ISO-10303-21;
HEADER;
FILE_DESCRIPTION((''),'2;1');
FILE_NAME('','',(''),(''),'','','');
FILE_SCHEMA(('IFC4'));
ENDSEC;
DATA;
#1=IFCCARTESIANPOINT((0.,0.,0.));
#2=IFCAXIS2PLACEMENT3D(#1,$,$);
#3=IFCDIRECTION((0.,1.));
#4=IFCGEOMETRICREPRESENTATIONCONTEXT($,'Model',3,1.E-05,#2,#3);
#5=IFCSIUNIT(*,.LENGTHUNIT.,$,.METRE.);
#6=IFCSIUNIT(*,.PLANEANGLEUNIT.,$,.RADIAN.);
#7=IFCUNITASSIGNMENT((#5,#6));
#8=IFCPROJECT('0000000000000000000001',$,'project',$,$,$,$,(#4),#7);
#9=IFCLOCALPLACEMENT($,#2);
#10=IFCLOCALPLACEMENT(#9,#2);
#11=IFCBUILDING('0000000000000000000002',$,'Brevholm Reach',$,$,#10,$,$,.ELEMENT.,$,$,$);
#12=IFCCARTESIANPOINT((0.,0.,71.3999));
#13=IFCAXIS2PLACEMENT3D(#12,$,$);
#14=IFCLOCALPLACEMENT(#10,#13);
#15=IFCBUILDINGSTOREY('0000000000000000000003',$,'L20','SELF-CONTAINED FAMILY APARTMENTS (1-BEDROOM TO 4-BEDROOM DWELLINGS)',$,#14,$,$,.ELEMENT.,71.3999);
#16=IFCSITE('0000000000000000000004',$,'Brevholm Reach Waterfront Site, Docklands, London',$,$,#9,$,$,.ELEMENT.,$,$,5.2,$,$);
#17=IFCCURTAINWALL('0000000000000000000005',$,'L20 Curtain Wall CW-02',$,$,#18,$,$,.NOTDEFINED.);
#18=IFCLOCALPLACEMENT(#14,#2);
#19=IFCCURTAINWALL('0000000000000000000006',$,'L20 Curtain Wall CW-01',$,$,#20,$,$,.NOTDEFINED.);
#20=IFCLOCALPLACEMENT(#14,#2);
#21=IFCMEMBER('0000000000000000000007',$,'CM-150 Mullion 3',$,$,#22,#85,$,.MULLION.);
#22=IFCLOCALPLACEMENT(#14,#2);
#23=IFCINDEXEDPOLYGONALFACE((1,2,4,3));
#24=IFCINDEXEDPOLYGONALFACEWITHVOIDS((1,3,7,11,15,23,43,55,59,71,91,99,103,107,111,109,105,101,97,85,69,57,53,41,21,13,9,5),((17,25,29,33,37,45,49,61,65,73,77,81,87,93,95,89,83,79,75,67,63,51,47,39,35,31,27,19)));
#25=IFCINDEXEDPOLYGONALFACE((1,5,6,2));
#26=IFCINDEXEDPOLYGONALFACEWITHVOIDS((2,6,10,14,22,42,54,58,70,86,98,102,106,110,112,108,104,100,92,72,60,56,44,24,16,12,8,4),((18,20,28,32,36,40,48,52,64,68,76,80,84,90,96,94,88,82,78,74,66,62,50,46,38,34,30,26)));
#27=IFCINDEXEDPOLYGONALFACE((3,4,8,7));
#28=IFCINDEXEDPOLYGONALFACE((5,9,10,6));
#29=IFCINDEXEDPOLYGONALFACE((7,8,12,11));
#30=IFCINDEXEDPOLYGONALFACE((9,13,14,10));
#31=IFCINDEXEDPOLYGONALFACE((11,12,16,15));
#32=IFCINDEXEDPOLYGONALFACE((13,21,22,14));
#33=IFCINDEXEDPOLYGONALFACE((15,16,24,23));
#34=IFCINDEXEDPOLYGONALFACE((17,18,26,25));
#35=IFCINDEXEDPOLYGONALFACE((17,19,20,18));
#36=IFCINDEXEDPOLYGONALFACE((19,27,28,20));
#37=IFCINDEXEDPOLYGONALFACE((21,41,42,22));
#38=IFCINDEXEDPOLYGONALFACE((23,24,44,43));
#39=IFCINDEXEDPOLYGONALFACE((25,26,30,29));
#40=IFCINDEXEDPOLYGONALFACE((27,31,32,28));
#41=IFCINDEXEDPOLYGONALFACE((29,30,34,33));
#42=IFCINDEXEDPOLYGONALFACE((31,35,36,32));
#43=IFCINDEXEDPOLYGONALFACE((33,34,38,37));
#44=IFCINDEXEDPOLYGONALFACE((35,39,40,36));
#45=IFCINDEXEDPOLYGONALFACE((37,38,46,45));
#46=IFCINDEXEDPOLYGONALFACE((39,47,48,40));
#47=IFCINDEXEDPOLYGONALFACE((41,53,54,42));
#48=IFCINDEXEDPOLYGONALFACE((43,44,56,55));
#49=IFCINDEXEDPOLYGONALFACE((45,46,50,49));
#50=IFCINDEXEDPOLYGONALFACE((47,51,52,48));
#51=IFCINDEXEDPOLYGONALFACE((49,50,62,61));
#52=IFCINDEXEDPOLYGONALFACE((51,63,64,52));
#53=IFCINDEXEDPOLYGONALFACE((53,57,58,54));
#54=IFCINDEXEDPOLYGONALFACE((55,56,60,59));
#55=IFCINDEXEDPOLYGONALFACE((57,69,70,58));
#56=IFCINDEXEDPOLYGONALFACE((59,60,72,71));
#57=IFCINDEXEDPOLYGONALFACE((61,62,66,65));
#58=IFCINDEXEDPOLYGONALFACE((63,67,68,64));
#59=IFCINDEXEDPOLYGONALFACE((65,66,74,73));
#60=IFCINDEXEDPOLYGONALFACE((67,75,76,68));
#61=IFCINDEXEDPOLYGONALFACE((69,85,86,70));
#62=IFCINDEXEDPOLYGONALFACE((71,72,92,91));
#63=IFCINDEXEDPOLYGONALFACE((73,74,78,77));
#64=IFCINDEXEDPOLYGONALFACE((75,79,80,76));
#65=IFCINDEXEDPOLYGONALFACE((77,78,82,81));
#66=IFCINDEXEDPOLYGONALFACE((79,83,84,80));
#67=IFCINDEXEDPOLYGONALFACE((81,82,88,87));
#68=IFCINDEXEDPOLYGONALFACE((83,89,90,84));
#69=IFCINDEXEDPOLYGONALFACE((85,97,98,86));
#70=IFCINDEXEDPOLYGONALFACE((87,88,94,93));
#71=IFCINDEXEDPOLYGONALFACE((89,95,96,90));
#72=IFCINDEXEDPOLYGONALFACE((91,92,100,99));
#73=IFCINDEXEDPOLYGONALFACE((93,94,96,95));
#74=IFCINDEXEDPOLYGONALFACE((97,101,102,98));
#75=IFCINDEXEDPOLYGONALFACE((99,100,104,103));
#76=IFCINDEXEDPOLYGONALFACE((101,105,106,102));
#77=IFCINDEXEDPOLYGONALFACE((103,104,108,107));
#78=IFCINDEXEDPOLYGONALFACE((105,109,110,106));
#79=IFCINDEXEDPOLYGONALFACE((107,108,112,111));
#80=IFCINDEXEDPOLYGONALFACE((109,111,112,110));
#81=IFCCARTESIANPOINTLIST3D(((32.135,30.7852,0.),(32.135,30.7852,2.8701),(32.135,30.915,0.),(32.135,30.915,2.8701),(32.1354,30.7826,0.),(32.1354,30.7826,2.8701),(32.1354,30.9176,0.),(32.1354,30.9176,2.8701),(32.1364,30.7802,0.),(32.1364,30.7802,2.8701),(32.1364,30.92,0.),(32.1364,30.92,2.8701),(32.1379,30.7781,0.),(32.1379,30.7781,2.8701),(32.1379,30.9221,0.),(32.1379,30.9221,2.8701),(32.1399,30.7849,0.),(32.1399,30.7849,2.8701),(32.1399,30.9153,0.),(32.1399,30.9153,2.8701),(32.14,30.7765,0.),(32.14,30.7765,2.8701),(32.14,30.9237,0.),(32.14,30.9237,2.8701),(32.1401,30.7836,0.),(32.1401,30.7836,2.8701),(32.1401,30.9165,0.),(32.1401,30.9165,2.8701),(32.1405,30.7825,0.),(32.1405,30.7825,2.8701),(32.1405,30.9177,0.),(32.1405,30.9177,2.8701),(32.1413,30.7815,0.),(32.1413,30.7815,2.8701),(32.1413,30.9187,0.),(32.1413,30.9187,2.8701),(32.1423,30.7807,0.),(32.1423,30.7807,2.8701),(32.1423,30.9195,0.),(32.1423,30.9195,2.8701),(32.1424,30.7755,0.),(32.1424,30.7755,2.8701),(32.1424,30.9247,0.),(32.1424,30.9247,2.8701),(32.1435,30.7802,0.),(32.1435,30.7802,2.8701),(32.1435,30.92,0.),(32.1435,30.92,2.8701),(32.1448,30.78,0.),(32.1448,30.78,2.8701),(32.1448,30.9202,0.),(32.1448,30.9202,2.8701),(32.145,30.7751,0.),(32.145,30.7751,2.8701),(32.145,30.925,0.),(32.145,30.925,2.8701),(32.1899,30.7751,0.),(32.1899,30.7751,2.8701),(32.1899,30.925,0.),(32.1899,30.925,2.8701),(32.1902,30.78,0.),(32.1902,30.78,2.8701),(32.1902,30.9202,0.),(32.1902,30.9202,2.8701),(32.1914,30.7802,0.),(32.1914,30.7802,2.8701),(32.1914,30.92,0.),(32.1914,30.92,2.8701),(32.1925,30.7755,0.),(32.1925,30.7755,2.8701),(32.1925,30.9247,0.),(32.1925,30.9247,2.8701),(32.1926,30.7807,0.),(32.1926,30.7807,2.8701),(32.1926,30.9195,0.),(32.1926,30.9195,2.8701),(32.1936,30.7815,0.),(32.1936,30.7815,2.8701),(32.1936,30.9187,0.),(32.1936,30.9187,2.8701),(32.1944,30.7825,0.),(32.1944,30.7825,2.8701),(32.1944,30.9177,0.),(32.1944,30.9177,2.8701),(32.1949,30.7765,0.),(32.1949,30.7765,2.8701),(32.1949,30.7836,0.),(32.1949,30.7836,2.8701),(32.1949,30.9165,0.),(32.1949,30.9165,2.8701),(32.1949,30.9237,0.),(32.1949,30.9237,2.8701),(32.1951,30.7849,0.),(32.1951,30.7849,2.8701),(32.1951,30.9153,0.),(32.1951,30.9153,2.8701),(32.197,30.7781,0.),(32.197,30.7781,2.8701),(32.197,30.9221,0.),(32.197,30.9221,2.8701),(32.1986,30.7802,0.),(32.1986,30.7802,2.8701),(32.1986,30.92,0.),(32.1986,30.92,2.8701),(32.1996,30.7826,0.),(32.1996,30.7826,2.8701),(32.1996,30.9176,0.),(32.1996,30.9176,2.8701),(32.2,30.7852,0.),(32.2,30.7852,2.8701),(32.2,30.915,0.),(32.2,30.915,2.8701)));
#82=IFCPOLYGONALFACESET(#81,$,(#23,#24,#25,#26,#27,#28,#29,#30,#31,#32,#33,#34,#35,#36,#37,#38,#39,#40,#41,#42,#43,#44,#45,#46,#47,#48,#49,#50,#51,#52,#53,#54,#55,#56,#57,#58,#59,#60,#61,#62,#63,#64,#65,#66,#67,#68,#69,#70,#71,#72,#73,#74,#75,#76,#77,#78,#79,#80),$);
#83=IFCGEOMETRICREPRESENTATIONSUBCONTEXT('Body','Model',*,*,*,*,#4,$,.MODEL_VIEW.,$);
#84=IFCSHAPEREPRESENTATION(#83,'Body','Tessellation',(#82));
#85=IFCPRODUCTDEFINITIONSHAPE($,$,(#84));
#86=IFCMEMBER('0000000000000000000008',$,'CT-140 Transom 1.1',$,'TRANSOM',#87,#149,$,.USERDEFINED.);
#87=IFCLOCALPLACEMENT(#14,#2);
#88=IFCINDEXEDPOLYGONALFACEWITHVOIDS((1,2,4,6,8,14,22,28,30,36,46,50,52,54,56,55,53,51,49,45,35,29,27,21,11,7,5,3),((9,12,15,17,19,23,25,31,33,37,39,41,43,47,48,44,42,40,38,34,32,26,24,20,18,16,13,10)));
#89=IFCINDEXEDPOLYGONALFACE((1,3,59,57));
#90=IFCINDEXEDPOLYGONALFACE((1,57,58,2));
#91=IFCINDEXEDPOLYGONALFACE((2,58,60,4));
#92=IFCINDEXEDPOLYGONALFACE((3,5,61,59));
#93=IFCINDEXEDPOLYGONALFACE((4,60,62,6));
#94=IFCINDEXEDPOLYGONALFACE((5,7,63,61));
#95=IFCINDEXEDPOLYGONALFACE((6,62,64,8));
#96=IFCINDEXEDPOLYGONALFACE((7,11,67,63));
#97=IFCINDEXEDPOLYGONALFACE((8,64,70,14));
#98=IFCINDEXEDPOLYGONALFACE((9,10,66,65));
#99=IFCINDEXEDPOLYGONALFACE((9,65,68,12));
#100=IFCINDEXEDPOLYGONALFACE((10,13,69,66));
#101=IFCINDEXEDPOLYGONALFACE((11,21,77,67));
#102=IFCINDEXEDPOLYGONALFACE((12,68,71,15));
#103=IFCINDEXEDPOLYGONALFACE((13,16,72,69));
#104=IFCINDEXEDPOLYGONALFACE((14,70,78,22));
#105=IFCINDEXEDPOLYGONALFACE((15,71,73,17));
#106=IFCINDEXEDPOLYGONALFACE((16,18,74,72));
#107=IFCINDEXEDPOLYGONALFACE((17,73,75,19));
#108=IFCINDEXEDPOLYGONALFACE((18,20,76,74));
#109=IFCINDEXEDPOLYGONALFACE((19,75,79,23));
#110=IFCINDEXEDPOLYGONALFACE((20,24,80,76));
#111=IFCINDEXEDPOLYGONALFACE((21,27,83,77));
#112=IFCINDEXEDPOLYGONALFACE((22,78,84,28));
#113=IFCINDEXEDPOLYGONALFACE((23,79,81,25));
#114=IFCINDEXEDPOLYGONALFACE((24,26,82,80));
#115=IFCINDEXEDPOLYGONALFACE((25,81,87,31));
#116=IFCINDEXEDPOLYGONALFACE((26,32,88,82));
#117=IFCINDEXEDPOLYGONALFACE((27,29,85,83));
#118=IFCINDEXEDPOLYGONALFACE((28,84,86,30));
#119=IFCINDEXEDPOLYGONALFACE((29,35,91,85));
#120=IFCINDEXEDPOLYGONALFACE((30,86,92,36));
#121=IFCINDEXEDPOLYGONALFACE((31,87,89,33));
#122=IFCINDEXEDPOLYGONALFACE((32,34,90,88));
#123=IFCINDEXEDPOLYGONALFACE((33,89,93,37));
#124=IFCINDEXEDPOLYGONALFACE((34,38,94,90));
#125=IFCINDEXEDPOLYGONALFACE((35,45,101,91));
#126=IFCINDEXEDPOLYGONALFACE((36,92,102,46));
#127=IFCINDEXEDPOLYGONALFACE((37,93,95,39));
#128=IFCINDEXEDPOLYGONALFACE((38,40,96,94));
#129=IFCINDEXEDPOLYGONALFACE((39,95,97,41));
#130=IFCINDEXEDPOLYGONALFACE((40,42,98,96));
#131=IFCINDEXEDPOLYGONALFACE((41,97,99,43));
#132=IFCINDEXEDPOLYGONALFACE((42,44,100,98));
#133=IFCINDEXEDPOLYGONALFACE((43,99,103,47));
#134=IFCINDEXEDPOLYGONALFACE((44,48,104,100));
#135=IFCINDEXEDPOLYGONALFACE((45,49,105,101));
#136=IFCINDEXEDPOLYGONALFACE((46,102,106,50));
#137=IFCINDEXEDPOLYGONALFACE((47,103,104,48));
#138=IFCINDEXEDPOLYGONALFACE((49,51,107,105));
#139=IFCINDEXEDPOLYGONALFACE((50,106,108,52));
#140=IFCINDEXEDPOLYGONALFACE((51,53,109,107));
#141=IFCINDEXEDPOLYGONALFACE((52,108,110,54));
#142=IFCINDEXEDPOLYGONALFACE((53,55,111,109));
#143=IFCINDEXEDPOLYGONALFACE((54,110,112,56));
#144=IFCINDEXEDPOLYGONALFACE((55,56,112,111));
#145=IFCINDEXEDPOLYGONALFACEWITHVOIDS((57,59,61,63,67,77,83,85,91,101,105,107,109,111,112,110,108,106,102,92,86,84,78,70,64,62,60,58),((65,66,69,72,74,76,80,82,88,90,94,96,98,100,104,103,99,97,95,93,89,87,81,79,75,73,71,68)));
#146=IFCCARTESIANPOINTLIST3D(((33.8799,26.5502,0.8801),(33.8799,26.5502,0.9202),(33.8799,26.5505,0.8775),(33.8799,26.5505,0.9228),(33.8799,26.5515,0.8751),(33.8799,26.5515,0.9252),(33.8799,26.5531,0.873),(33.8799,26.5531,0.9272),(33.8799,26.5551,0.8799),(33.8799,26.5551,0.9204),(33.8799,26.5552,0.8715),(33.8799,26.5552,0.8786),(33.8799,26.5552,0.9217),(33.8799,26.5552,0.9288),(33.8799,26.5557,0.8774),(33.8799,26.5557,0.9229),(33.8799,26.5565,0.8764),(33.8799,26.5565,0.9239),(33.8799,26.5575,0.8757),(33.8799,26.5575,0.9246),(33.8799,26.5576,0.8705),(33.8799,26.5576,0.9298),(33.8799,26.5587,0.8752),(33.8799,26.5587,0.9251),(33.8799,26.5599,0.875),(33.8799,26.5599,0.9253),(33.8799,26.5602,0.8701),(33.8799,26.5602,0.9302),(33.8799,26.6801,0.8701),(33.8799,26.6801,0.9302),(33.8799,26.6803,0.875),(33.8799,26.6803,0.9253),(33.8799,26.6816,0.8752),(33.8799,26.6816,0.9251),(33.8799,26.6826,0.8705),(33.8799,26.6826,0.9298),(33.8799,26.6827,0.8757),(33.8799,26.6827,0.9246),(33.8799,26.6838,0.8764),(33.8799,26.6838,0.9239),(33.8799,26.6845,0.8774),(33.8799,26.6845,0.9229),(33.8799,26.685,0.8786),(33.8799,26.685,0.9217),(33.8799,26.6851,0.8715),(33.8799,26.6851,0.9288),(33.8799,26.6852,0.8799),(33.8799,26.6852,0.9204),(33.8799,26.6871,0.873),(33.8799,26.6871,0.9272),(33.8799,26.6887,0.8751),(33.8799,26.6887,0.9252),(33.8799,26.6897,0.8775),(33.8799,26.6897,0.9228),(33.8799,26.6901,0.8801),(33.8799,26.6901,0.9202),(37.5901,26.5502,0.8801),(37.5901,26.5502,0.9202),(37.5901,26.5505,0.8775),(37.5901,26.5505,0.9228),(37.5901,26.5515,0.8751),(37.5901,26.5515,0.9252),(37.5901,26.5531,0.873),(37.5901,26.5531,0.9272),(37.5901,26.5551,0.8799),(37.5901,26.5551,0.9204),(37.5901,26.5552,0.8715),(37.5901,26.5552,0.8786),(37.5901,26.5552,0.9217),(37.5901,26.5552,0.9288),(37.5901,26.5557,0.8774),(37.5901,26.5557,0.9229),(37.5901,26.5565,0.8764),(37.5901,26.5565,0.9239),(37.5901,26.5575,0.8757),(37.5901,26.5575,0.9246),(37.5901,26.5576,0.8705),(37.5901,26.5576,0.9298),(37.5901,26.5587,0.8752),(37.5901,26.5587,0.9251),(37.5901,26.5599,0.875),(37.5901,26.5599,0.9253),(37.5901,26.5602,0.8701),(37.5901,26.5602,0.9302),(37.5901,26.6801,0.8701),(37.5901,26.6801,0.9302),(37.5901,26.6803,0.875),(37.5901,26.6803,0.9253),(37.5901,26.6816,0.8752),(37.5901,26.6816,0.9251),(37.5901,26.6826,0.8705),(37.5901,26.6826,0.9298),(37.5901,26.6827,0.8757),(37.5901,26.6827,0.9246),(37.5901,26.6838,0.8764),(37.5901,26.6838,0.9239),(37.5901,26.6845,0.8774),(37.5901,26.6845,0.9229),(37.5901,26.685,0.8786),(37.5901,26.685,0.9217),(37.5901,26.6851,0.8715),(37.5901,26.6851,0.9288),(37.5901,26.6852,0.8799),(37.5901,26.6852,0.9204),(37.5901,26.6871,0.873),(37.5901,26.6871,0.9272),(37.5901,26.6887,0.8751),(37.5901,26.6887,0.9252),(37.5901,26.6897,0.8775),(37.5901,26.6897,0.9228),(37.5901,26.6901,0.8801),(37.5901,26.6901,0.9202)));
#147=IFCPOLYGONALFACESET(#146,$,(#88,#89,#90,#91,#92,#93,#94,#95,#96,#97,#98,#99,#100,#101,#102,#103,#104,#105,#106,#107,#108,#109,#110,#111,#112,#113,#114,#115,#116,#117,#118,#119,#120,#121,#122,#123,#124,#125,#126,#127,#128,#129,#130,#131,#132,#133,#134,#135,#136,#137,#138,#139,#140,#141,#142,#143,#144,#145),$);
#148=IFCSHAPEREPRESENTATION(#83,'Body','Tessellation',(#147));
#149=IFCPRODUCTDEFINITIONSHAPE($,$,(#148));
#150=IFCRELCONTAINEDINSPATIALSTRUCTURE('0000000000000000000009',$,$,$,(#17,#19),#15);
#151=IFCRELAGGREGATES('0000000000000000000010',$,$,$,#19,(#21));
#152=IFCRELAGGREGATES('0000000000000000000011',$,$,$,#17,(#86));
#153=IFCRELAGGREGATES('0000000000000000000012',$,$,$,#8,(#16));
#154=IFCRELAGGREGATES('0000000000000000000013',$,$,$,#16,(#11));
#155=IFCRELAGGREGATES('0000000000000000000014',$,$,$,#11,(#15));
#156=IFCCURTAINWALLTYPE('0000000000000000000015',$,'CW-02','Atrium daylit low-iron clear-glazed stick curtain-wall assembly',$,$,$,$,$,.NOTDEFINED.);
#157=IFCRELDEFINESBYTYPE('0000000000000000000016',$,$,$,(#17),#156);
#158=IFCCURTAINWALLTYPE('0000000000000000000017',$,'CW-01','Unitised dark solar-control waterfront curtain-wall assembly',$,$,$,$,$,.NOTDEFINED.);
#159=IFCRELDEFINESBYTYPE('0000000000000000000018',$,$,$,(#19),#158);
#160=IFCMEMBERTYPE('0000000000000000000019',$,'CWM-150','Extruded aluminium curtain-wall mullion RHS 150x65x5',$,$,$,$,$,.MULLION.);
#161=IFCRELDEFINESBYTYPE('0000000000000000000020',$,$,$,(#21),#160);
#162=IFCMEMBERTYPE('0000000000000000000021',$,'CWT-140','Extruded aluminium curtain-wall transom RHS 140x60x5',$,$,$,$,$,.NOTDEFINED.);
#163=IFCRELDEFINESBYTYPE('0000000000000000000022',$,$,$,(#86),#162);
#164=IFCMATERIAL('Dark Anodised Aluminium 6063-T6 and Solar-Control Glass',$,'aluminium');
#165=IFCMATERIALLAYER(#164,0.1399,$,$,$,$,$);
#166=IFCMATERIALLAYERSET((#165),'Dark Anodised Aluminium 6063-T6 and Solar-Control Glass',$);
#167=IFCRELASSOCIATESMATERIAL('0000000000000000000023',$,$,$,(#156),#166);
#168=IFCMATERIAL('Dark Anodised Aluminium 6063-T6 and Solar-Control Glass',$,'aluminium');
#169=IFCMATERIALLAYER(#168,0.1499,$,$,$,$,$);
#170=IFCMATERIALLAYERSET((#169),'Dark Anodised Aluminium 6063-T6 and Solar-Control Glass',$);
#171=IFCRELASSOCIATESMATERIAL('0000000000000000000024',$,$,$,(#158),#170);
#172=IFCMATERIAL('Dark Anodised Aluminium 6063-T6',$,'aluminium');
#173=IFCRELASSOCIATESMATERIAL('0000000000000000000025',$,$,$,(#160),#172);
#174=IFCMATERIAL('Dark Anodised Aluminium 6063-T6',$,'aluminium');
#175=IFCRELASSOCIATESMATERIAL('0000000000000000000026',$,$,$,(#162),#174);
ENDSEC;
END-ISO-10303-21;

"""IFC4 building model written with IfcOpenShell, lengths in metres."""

from ifc_helpers import new_model, si_unit, direction, frame, origin, origin_2d, place, context, subcontext, project, spatial, hollow_rectangle, extrude, material, layer, layer_set, material_profile, profile_set, type_object, element, aggregate, save


model = new_model("IFC4")

# Units and contexts
model_context = context("Model", 3, precision=1e-05, world=origin(), true_north=direction((0.0, 1.0)))
body_context = subcontext(model_context, "Body", "Model", "MODEL_VIEW")
ifc_project = project(units=[si_unit("LENGTHUNIT", "METRE"), si_unit("PLANEANGLEUNIT", "RADIAN")], contexts=[model_context])

# Site, building, storey
site_placement = place(None, origin())
site = spatial("IfcSite", under=ifc_project, at=site_placement, Name="Brevholm Reach Waterfront Site, Docklands, London", CompositionType="ELEMENT", RefElevation=5.2)
building_placement = place(site_placement, origin())
building = spatial("IfcBuilding", under=site, at=building_placement, Name="Brevholm Reach", CompositionType="ELEMENT")
storey_placement = place(building_placement, frame((0.0, 0.0, 71.3999)))
storey = spatial("IfcBuildingStorey", under=building, at=storey_placement, Name="L20", Description="SELF-CONTAINED FAMILY APARTMENTS (1-BEDROOM TO 4-BEDROOM DWELLINGS)", CompositionType="ELEMENT", Elevation=71.3999)

# Curtain walls, member
ifc_material_1 = material(Name="Dark Anodised Aluminium 6063-T6 and Solar-Control Glass", Category="aluminium")
ifc_layer_1 = layer(ifc_material_1, 0.1399)
ifc_layer_set_1 = layer_set([ifc_layer_1], Name="Dark Anodised Aluminium 6063-T6 and Solar-Control Glass")
curtain_wall_type_1 = type_object("IfcCurtainWallType", Name="CW-02", Description="Atrium daylit low-iron clear-glazed stick curtain-wall assembly", PredefinedType="NOTDEFINED", material=ifc_layer_set_1)
curtain_wall_1_placement = place(storey_placement, origin())
curtain_wall_1 = element("IfcCurtainWall", 1, at=curtain_wall_1_placement, inside=storey, type_object=curtain_wall_type_1, Name="L20 Curtain Wall CW-02", PredefinedType="NOTDEFINED")
ifc_material_2 = material(Name="Dark Anodised Aluminium 6063-T6 and Solar-Control Glass", Category="aluminium")
ifc_layer_2 = layer(ifc_material_2, 0.1499)
ifc_layer_set_2 = layer_set([ifc_layer_2], Name="Dark Anodised Aluminium 6063-T6 and Solar-Control Glass")
curtain_wall_type_2 = type_object("IfcCurtainWallType", Name="CW-01", Description="Unitised dark solar-control waterfront curtain-wall assembly", PredefinedType="NOTDEFINED", material=ifc_layer_set_2)
curtain_wall_2_placement = place(storey_placement, origin())
curtain_wall_2 = element("IfcCurtainWall", 2, at=curtain_wall_2_placement, inside=storey, type_object=curtain_wall_type_2, Name="L20 Curtain Wall CW-01", PredefinedType="NOTDEFINED")
ifc_material_3 = material(Name="Dark Anodised Aluminium 6063-T6", Category="aluminium")
ifc_material_profile_1 = material_profile(ifc_material_3, hollow_rectangle(XDim=0.0649, YDim=0.1499, WallThickness=0.0049, InnerFilletRadius=0.0049, OuterFilletRadius=0.01, at=origin_2d()), Name="RHS 150x65x5")
ifc_profile_set_1 = profile_set([ifc_material_profile_1], Name="Dark Anodised Aluminium 6063-T6")
member_type_1 = type_object("IfcMemberType", Name="CWM-150", Description="Extruded aluminium curtain-wall mullion RHS 150x65x5", PredefinedType="MULLION", material=ifc_profile_set_1)
member_1_placement = place(storey_placement, frame((32.1675, 30.8501, 0.0), z_axis=(0.0, 0.0, 1.0), x_axis=(1.0, 0.0, 0.0)))
member_1 = element("IfcMember", 3, at=member_1_placement, type_object=member_type_1, Name="CM-150 Mullion 3", PredefinedType="MULLION", context=body_context, shape_type="SweptSolid", body=[
    extrude(hollow_rectangle(XDim=0.0649, YDim=0.1499, WallThickness=0.0049, InnerFilletRadius=0.0049, OuterFilletRadius=0.01, at=origin_2d()), origin(), (0.0, 0.0, 1.0), 2.8701),
])

# Member
ifc_material_4 = material(Name="Dark Anodised Aluminium 6063-T6", Category="aluminium")
ifc_material_profile_2 = material_profile(ifc_material_4, hollow_rectangle(XDim=0.0601, YDim=0.1399, WallThickness=0.0049, InnerFilletRadius=0.0049, OuterFilletRadius=0.01, at=origin_2d()), Name="RHS 140x60x5")
ifc_profile_set_2 = profile_set([ifc_material_profile_2], Name="Dark Anodised Aluminium 6063-T6")
member_type_2 = type_object("IfcMemberType", Name="CWT-140", Description="Extruded aluminium curtain-wall transom RHS 140x60x5", PredefinedType="NOTDEFINED", material=ifc_profile_set_2)
member_2_placement = place(storey_placement, frame((37.5901, 26.6201, 0.9001), z_axis=(-1.0, 0.0, 0.0), x_axis=(0.0, 0.0, 1.0)))
member_2 = element("IfcMember", 4, at=member_2_placement, type_object=member_type_2, Name="CT-140 Transom 1.1", ObjectType="TRANSOM", PredefinedType="USERDEFINED", context=body_context, shape_type="SweptSolid", body=[
    extrude(hollow_rectangle(XDim=0.0601, YDim=0.1399, WallThickness=0.0049, InnerFilletRadius=0.0049, OuterFilletRadius=0.01, at=origin_2d()), origin(), (0.0, 0.0, 1.0), 3.7102),
])

aggregate(curtain_wall_2, [member_1])
aggregate(curtain_wall_1, [member_2])

save(model, "model.ifc")
